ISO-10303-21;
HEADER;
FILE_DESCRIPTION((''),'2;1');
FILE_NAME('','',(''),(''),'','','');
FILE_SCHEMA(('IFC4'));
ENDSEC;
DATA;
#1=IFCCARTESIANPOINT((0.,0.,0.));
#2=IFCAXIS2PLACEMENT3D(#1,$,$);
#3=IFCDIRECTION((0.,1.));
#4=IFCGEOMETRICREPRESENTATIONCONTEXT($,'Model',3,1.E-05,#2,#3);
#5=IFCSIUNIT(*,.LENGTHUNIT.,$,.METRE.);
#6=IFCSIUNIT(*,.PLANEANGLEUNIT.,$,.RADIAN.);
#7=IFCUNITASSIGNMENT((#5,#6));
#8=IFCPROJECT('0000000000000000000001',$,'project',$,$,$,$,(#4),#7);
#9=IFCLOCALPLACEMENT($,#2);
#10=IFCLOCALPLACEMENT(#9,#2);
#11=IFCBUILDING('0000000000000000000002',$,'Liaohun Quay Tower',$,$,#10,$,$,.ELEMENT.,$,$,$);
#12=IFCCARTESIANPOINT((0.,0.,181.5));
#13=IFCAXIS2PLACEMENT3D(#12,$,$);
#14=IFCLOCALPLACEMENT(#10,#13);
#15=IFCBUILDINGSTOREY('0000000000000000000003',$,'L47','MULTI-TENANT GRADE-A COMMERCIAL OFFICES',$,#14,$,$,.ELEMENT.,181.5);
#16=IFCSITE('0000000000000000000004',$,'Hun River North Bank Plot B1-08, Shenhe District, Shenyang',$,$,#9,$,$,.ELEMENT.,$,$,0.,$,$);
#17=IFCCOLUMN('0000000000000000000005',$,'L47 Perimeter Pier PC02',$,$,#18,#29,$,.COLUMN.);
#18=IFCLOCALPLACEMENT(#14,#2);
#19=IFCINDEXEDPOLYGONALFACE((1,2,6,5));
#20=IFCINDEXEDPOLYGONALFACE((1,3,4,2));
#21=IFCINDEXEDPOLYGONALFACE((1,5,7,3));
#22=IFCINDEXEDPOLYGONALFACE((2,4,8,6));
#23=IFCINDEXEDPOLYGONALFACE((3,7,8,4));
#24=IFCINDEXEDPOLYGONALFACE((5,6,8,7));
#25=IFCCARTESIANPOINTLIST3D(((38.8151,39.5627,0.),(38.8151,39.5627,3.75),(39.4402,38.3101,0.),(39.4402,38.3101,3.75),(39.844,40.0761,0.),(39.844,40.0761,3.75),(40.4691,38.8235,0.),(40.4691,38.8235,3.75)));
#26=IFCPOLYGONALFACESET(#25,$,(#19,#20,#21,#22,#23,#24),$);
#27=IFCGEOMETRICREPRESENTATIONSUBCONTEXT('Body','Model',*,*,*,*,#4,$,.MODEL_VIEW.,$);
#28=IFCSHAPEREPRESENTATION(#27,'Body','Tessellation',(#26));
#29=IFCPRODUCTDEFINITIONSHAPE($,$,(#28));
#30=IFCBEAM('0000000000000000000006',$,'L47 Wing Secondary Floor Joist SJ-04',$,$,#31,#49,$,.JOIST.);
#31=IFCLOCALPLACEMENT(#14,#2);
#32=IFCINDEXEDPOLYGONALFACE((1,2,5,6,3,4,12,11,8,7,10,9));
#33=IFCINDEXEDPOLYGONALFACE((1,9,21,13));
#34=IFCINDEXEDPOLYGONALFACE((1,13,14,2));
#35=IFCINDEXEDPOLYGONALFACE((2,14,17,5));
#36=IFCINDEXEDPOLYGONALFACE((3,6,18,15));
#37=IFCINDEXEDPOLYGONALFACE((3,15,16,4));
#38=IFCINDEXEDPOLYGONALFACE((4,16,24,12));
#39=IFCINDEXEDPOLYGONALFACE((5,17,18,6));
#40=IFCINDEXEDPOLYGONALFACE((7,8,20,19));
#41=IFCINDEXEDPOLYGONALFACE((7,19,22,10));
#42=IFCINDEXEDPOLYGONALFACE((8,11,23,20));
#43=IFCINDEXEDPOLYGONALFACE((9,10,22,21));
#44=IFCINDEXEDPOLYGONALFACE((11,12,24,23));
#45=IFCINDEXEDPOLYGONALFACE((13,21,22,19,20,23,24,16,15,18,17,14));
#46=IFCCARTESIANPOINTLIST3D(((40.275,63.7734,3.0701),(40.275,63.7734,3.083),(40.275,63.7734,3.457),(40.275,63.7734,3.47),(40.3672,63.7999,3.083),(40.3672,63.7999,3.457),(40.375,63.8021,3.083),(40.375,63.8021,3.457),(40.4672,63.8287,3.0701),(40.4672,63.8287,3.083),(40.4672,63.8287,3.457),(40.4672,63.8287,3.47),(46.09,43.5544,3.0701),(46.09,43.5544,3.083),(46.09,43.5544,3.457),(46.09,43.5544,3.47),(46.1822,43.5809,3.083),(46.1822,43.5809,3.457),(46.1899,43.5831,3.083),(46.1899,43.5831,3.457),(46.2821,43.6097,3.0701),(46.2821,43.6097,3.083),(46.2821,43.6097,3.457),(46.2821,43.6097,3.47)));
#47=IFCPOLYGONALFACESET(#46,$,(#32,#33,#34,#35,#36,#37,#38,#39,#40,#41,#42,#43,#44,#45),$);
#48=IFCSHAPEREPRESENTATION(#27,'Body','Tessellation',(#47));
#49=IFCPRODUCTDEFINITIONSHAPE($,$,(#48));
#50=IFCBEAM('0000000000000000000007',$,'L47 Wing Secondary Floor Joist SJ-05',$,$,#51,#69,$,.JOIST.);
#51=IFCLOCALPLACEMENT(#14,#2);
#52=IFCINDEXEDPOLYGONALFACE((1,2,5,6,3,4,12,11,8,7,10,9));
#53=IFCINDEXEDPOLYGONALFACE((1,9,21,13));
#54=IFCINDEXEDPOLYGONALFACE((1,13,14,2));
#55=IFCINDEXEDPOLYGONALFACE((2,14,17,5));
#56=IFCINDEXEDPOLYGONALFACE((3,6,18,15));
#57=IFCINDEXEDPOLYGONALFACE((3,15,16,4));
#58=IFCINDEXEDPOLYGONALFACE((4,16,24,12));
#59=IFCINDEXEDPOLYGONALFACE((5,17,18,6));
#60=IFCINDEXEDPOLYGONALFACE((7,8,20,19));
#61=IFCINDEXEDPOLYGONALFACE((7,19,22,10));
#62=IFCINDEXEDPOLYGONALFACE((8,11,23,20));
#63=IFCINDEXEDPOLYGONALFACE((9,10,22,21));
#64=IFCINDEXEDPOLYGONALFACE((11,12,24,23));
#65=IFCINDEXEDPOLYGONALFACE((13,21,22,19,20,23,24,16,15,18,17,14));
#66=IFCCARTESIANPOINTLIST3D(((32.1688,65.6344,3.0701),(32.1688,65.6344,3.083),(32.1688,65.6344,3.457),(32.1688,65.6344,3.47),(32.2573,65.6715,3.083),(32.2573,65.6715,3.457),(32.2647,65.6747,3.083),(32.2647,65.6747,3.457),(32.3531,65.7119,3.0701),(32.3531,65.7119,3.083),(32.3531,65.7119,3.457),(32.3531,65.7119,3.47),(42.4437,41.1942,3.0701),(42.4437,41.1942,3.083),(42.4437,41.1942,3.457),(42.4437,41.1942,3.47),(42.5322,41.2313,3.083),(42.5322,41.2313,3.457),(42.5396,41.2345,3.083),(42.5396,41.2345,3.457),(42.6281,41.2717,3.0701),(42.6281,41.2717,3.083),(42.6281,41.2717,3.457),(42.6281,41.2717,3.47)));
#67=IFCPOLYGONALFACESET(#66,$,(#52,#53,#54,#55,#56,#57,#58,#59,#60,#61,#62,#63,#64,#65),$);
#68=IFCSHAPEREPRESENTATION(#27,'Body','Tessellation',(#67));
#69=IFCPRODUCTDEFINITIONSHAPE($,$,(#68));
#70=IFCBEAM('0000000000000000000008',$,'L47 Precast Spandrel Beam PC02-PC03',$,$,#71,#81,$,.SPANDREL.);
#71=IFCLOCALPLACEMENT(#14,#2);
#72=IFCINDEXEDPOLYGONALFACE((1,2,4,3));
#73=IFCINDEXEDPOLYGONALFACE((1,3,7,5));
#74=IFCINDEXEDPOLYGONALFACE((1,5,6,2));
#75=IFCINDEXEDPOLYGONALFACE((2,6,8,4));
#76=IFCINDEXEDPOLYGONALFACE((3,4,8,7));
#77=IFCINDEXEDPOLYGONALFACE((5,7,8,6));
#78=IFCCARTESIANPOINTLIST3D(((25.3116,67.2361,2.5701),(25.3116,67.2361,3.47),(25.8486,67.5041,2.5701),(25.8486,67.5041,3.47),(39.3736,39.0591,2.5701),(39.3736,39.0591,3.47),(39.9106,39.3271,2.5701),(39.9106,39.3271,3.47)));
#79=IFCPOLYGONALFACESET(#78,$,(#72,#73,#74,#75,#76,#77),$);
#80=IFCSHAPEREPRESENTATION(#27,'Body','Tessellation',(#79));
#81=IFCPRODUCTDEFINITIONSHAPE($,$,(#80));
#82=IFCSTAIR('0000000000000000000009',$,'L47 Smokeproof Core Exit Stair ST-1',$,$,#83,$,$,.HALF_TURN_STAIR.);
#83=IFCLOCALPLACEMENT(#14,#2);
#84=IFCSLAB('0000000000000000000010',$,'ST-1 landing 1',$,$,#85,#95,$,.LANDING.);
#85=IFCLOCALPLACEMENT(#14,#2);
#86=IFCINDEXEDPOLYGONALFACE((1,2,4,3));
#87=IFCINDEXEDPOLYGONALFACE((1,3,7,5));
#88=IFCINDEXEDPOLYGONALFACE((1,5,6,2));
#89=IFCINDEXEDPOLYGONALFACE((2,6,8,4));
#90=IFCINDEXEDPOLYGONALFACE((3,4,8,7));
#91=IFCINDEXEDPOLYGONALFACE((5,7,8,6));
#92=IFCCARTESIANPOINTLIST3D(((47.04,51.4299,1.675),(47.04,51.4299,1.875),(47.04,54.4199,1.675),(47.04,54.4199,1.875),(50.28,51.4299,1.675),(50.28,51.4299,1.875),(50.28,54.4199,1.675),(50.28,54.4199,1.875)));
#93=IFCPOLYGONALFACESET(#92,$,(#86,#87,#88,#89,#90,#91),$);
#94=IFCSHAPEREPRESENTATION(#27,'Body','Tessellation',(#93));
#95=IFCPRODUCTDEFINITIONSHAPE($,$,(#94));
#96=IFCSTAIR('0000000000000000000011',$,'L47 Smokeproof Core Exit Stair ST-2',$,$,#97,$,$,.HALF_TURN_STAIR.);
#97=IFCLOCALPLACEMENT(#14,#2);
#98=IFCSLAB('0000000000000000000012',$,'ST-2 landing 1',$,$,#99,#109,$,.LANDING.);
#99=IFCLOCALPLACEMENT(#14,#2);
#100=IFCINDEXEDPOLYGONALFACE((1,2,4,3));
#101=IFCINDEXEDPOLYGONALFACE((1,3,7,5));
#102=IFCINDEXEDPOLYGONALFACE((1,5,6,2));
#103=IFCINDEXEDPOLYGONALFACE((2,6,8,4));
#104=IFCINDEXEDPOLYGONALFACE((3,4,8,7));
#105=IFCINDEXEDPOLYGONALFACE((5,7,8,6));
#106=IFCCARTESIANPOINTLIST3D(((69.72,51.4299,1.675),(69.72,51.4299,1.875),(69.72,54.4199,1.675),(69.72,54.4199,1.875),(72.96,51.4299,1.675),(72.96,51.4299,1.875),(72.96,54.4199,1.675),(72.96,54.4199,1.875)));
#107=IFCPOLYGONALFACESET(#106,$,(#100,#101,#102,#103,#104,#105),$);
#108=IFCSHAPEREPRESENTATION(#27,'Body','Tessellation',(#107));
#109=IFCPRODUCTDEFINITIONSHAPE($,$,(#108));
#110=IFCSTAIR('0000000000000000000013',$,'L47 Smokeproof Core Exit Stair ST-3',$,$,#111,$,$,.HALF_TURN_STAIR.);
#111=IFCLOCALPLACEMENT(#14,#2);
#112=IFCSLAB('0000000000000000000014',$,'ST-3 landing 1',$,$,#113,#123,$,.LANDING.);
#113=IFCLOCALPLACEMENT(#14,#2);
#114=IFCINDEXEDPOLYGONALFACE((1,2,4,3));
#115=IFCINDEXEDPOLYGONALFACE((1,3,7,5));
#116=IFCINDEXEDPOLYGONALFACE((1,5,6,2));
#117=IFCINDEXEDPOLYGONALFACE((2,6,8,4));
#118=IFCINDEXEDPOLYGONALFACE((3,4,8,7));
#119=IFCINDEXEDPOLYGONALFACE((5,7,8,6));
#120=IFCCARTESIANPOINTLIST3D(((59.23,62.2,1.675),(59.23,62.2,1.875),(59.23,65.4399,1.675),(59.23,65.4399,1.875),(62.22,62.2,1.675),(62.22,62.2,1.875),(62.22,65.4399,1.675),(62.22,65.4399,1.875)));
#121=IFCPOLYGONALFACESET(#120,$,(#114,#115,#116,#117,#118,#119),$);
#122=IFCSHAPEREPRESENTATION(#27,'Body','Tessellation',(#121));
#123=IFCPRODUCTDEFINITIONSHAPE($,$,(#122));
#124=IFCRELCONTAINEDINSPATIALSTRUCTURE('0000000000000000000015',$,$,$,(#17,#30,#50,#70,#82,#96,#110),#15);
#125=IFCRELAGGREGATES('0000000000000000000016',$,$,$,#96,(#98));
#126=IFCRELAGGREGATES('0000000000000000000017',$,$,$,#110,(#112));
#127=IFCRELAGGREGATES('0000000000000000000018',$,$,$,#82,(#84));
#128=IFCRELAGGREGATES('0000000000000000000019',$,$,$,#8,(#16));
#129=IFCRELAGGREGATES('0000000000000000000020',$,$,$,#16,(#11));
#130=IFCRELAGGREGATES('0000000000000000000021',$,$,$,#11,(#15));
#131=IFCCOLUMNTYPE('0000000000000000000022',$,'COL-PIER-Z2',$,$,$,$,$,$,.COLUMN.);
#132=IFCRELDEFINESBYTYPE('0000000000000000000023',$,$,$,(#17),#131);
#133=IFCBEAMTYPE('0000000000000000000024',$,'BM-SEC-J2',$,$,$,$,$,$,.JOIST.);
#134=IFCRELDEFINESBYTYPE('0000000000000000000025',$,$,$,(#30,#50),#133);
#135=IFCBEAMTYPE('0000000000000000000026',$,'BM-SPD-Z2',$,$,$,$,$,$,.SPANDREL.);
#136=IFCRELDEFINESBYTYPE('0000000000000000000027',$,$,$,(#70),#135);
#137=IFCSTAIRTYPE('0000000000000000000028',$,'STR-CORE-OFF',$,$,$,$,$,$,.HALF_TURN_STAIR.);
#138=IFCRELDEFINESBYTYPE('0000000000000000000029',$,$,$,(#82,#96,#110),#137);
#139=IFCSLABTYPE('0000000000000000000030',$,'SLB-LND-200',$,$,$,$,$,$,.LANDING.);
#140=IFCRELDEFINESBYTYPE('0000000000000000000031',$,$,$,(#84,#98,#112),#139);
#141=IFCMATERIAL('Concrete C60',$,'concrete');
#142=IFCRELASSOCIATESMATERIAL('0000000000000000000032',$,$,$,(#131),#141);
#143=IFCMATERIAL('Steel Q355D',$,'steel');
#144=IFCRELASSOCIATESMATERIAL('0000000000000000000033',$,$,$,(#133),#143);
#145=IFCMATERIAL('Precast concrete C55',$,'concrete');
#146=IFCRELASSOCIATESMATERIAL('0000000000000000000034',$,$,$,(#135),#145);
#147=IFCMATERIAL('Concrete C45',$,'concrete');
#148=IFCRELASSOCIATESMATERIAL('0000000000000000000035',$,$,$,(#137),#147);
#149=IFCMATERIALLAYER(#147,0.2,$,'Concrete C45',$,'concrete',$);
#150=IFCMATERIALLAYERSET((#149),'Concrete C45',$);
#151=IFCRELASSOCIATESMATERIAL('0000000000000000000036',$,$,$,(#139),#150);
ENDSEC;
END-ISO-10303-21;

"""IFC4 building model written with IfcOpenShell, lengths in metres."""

from ifc_helpers import new_model, si_unit, direction, frame, origin, origin_2d, place, context, subcontext, project, spatial, polyline, rectangle, i_section, outline, extrude, source, transform, mapped, material, layer, layer_set, material_profile, profile_set, type_object, element, aggregate, save


model = new_model("IFC4")

# Units and contexts
model_context = context("Model", 3, precision=1e-05, world=origin(), true_north=direction((0.0, 1.0)))
body_context = subcontext(model_context, "Body", "Model", "MODEL_VIEW")
ifc_project = project(units=[si_unit("LENGTHUNIT", "METRE"), si_unit("PLANEANGLEUNIT", "RADIAN")], contexts=[model_context])

# Site, building, storey
site_placement = place(None, origin())
site = spatial("IfcSite", under=ifc_project, at=site_placement, Name="Hun River North Bank Plot B1-08, Shenhe District, Shenyang", CompositionType="ELEMENT", RefElevation=0.0)
building_placement = place(site_placement, origin())
building = spatial("IfcBuilding", under=site, at=building_placement, Name="Liaohun Quay Tower", CompositionType="ELEMENT")
storey_placement = place(building_placement, frame((0.0, 0.0, 181.5)))
storey = spatial("IfcBuildingStorey", under=building, at=storey_placement, Name="L47", Description="MULTI-TENANT GRADE-A COMMERCIAL OFFICES", CompositionType="ELEMENT", Elevation=181.5)

# Column
ifc_material_1 = material(Name="Concrete C60", Category="concrete")
ifc_material_profile_1 = material_profile(ifc_material_1, rectangle(XDim=1.3999, YDim=1.1499, at=origin_2d()), Name="RC1400x1150")
ifc_profile_set_1 = profile_set([ifc_material_profile_1], Name="Concrete C60")
column_type = type_object("IfcColumnType", Name="COL-PIER-Z2", PredefinedType="COLUMN", material=ifc_profile_set_1)
shared_shape_1 = source(origin(), body_context, "Body", "SweptSolid", [
    extrude(rectangle(XDim=1.3999, YDim=1.1499, at=origin_2d()), origin(), (0.0, 0.0, 1.0), 3.75),
])
column_placement = place(storey_placement, frame((39.6421, 39.1931, 0.0), z_axis=(0.0, 0.0, 1.0), x_axis=(-0.44651, 0.894779, 0.0)))
element("IfcColumn", 1, at=column_placement, inside=storey, type_object=column_type, Name="L47 Perimeter Pier PC02", PredefinedType="COLUMN", context=body_context, shape_type="MappedRepresentation", body=[
    mapped(shared_shape_1, transform((0.0, 0.0, 0.0), x_axis=(1.0, 0.0, 0.0), y_axis=(0.0, 1.0, 0.0), z_axis=(0.0, 0.0, 1.0), scale=1.0)),
])

# Beams
ifc_material_2 = material(Name="Steel Q355D", Category="steel")
ifc_material_profile_2 = material_profile(ifc_material_2, i_section(OverallWidth=0.2, OverallDepth=0.3999, WebThickness=0.0081, FlangeThickness=0.0129, at=origin_2d()), Name="HN400x200x8x13")
ifc_profile_set_2 = profile_set([ifc_material_profile_2], Name="Steel Q355D")
beam_type_1 = type_object("IfcBeamType", Name="BM-SEC-J2", PredefinedType="JOIST", material=ifc_profile_set_2)
shared_shape_2 = source(origin(), body_context, "Body", "SweptSolid", [
    extrude(i_section(OverallWidth=0.2, OverallDepth=0.3999, WebThickness=0.0081, FlangeThickness=0.0129, at=origin_2d()), origin(), (0.0, 0.0, 1.0), 21.0386),
])
beam_1_placement = place(storey_placement, frame((46.186, 43.582, 3.27), z_axis=(-0.276394, 0.961044, 0.0), x_axis=(-0.961044, -0.276394, 0.0)))
element("IfcBeam", 2, at=beam_1_placement, inside=storey, type_object=beam_type_1, Name="L47 Wing Secondary Floor Joist SJ-04", PredefinedType="JOIST", context=body_context, shape_type="MappedRepresentation", body=[
    mapped(shared_shape_2, transform((0.0, 0.0, 0.0), x_axis=(1.0, 0.0, 0.0), y_axis=(0.0, 1.0, 0.0), z_axis=(0.0, 0.0, 1.0), scale=1.0)),
])
shared_shape_3 = source(origin(), body_context, "Body", "SweptSolid", [
    extrude(i_section(OverallWidth=0.2, OverallDepth=0.3999, WebThickness=0.0081, FlangeThickness=0.0129, at=origin_2d()), origin(), (0.0, 0.0, 1.0), 26.5122),
])
beam_2_placement = place(storey_placement, frame((42.5359, 41.2329, 3.27), z_axis=(-0.387554, 0.921847, 0.0), x_axis=(-0.921847, -0.387554, 0.0)))
element("IfcBeam", 3, at=beam_2_placement, inside=storey, type_object=beam_type_1, Name="L47 Wing Secondary Floor Joist SJ-05", PredefinedType="JOIST", context=body_context, shape_type="MappedRepresentation", body=[
    mapped(shared_shape_3, transform((0.0, 0.0, 0.0), x_axis=(1.0, 0.0, 0.0), y_axis=(0.0, 1.0, 0.0), z_axis=(0.0, 0.0, 1.0), scale=1.0)),
])
ifc_material_3 = material(Name="Precast concrete C55", Category="concrete")
ifc_material_profile_3 = material_profile(ifc_material_3, rectangle(XDim=0.6001, YDim=0.8999, at=origin_2d()), Name="RC600x900")
ifc_profile_set_3 = profile_set([ifc_material_profile_3], Name="Precast concrete C55")
beam_type_2 = type_object("IfcBeamType", Name="BM-SPD-Z2", PredefinedType="SPANDREL", material=ifc_profile_set_3)
shared_shape_4 = source(origin(), body_context, "Body", "SweptSolid", [
    extrude(rectangle(XDim=0.6001, YDim=0.8999, at=origin_2d()), origin(), (0.0, 0.0, 1.0), 31.491),
])
beam_3_placement = place(storey_placement, frame((39.6421, 39.1931, 3.02), z_axis=(-0.446541, 0.894763, 0.0), x_axis=(-0.894763, -0.446541, 0.0)))
element("IfcBeam", 4, at=beam_3_placement, inside=storey, type_object=beam_type_2, Name="L47 Precast Spandrel Beam PC02-PC03", PredefinedType="SPANDREL", context=body_context, shape_type="MappedRepresentation", body=[
    mapped(shared_shape_4, transform((0.0, 0.0, 0.0), x_axis=(1.0, 0.0, 0.0), y_axis=(0.0, 1.0, 0.0), z_axis=(0.0, 0.0, 1.0), scale=1.0)),
])

# Stairs, slabs
ifc_material_4 = material(Name="Concrete C45", Category="concrete")
stair_type = type_object("IfcStairType", Name="STR-CORE-OFF", PredefinedType="HALF_TURN_STAIR", material=ifc_material_4)
stair_1_placement = place(storey_placement, origin())
stair_1 = element("IfcStair", 5, at=stair_1_placement, inside=storey, type_object=stair_type, Name="L47 Smokeproof Core Exit Stair ST-1", PredefinedType="HALF_TURN_STAIR")
ifc_layer_1 = layer(ifc_material_4, 0.2, Name="Concrete C45", Category="concrete")
ifc_layer_set_1 = layer_set([ifc_layer_1], Name="Concrete C45")
slab_type_1 = type_object("IfcSlabType", Name="SLB-LND-200", PredefinedType="LANDING", material=ifc_layer_set_1)
slab_1_placement = place(storey_placement, frame((0.0, 0.0, 1.675)))
slab_1 = element("IfcSlab", 6, at=slab_1_placement, type_object=slab_type_1, Name="ST-1 landing 1", PredefinedType="LANDING", context=body_context, shape_type="SweptSolid", body=[
    extrude(outline(polyline([(50.28, 51.4299), (50.28, 54.4199), (47.04, 54.4199), (47.04, 51.4299), (50.28, 51.4299)])), origin(), (0.0, 0.0, 1.0), 0.2),
])
stair_2_placement = place(storey_placement, origin())
stair_2 = element("IfcStair", 7, at=stair_2_placement, inside=storey, type_object=stair_type, Name="L47 Smokeproof Core Exit Stair ST-2", PredefinedType="HALF_TURN_STAIR")
slab_2_placement = place(storey_placement, frame((0.0, 0.0, 1.675)))
slab_2 = element("IfcSlab", 8, at=slab_2_placement, type_object=slab_type_1, Name="ST-2 landing 1", PredefinedType="LANDING", context=body_context, shape_type="SweptSolid", body=[
    extrude(outline(polyline([(72.96, 51.4299), (72.96, 54.4199), (69.72, 54.4199), (69.72, 51.4299), (72.96, 51.4299)])), origin(), (0.0, 0.0, 1.0), 0.2),
])
aggregate(stair_2, [slab_2])
stair_3_placement = place(storey_placement, origin())
stair_3 = element("IfcStair", 9, at=stair_3_placement, inside=storey, type_object=stair_type, Name="L47 Smokeproof Core Exit Stair ST-3", PredefinedType="HALF_TURN_STAIR")
slab_3_placement = place(storey_placement, frame((0.0, 0.0, 1.675)))
slab_3 = element("IfcSlab", 10, at=slab_3_placement, type_object=slab_type_1, Name="ST-3 landing 1", PredefinedType="LANDING", context=body_context, shape_type="SweptSolid", body=[
    extrude(outline(polyline([(59.23, 62.2), (62.22, 62.2), (62.22, 65.4399), (59.23, 65.4399), (59.23, 62.2)])), origin(), (0.0, 0.0, 1.0), 0.2),
])
aggregate(stair_3, [slab_3])

aggregate(stair_1, [slab_1])

save(model, "model.ifc")
